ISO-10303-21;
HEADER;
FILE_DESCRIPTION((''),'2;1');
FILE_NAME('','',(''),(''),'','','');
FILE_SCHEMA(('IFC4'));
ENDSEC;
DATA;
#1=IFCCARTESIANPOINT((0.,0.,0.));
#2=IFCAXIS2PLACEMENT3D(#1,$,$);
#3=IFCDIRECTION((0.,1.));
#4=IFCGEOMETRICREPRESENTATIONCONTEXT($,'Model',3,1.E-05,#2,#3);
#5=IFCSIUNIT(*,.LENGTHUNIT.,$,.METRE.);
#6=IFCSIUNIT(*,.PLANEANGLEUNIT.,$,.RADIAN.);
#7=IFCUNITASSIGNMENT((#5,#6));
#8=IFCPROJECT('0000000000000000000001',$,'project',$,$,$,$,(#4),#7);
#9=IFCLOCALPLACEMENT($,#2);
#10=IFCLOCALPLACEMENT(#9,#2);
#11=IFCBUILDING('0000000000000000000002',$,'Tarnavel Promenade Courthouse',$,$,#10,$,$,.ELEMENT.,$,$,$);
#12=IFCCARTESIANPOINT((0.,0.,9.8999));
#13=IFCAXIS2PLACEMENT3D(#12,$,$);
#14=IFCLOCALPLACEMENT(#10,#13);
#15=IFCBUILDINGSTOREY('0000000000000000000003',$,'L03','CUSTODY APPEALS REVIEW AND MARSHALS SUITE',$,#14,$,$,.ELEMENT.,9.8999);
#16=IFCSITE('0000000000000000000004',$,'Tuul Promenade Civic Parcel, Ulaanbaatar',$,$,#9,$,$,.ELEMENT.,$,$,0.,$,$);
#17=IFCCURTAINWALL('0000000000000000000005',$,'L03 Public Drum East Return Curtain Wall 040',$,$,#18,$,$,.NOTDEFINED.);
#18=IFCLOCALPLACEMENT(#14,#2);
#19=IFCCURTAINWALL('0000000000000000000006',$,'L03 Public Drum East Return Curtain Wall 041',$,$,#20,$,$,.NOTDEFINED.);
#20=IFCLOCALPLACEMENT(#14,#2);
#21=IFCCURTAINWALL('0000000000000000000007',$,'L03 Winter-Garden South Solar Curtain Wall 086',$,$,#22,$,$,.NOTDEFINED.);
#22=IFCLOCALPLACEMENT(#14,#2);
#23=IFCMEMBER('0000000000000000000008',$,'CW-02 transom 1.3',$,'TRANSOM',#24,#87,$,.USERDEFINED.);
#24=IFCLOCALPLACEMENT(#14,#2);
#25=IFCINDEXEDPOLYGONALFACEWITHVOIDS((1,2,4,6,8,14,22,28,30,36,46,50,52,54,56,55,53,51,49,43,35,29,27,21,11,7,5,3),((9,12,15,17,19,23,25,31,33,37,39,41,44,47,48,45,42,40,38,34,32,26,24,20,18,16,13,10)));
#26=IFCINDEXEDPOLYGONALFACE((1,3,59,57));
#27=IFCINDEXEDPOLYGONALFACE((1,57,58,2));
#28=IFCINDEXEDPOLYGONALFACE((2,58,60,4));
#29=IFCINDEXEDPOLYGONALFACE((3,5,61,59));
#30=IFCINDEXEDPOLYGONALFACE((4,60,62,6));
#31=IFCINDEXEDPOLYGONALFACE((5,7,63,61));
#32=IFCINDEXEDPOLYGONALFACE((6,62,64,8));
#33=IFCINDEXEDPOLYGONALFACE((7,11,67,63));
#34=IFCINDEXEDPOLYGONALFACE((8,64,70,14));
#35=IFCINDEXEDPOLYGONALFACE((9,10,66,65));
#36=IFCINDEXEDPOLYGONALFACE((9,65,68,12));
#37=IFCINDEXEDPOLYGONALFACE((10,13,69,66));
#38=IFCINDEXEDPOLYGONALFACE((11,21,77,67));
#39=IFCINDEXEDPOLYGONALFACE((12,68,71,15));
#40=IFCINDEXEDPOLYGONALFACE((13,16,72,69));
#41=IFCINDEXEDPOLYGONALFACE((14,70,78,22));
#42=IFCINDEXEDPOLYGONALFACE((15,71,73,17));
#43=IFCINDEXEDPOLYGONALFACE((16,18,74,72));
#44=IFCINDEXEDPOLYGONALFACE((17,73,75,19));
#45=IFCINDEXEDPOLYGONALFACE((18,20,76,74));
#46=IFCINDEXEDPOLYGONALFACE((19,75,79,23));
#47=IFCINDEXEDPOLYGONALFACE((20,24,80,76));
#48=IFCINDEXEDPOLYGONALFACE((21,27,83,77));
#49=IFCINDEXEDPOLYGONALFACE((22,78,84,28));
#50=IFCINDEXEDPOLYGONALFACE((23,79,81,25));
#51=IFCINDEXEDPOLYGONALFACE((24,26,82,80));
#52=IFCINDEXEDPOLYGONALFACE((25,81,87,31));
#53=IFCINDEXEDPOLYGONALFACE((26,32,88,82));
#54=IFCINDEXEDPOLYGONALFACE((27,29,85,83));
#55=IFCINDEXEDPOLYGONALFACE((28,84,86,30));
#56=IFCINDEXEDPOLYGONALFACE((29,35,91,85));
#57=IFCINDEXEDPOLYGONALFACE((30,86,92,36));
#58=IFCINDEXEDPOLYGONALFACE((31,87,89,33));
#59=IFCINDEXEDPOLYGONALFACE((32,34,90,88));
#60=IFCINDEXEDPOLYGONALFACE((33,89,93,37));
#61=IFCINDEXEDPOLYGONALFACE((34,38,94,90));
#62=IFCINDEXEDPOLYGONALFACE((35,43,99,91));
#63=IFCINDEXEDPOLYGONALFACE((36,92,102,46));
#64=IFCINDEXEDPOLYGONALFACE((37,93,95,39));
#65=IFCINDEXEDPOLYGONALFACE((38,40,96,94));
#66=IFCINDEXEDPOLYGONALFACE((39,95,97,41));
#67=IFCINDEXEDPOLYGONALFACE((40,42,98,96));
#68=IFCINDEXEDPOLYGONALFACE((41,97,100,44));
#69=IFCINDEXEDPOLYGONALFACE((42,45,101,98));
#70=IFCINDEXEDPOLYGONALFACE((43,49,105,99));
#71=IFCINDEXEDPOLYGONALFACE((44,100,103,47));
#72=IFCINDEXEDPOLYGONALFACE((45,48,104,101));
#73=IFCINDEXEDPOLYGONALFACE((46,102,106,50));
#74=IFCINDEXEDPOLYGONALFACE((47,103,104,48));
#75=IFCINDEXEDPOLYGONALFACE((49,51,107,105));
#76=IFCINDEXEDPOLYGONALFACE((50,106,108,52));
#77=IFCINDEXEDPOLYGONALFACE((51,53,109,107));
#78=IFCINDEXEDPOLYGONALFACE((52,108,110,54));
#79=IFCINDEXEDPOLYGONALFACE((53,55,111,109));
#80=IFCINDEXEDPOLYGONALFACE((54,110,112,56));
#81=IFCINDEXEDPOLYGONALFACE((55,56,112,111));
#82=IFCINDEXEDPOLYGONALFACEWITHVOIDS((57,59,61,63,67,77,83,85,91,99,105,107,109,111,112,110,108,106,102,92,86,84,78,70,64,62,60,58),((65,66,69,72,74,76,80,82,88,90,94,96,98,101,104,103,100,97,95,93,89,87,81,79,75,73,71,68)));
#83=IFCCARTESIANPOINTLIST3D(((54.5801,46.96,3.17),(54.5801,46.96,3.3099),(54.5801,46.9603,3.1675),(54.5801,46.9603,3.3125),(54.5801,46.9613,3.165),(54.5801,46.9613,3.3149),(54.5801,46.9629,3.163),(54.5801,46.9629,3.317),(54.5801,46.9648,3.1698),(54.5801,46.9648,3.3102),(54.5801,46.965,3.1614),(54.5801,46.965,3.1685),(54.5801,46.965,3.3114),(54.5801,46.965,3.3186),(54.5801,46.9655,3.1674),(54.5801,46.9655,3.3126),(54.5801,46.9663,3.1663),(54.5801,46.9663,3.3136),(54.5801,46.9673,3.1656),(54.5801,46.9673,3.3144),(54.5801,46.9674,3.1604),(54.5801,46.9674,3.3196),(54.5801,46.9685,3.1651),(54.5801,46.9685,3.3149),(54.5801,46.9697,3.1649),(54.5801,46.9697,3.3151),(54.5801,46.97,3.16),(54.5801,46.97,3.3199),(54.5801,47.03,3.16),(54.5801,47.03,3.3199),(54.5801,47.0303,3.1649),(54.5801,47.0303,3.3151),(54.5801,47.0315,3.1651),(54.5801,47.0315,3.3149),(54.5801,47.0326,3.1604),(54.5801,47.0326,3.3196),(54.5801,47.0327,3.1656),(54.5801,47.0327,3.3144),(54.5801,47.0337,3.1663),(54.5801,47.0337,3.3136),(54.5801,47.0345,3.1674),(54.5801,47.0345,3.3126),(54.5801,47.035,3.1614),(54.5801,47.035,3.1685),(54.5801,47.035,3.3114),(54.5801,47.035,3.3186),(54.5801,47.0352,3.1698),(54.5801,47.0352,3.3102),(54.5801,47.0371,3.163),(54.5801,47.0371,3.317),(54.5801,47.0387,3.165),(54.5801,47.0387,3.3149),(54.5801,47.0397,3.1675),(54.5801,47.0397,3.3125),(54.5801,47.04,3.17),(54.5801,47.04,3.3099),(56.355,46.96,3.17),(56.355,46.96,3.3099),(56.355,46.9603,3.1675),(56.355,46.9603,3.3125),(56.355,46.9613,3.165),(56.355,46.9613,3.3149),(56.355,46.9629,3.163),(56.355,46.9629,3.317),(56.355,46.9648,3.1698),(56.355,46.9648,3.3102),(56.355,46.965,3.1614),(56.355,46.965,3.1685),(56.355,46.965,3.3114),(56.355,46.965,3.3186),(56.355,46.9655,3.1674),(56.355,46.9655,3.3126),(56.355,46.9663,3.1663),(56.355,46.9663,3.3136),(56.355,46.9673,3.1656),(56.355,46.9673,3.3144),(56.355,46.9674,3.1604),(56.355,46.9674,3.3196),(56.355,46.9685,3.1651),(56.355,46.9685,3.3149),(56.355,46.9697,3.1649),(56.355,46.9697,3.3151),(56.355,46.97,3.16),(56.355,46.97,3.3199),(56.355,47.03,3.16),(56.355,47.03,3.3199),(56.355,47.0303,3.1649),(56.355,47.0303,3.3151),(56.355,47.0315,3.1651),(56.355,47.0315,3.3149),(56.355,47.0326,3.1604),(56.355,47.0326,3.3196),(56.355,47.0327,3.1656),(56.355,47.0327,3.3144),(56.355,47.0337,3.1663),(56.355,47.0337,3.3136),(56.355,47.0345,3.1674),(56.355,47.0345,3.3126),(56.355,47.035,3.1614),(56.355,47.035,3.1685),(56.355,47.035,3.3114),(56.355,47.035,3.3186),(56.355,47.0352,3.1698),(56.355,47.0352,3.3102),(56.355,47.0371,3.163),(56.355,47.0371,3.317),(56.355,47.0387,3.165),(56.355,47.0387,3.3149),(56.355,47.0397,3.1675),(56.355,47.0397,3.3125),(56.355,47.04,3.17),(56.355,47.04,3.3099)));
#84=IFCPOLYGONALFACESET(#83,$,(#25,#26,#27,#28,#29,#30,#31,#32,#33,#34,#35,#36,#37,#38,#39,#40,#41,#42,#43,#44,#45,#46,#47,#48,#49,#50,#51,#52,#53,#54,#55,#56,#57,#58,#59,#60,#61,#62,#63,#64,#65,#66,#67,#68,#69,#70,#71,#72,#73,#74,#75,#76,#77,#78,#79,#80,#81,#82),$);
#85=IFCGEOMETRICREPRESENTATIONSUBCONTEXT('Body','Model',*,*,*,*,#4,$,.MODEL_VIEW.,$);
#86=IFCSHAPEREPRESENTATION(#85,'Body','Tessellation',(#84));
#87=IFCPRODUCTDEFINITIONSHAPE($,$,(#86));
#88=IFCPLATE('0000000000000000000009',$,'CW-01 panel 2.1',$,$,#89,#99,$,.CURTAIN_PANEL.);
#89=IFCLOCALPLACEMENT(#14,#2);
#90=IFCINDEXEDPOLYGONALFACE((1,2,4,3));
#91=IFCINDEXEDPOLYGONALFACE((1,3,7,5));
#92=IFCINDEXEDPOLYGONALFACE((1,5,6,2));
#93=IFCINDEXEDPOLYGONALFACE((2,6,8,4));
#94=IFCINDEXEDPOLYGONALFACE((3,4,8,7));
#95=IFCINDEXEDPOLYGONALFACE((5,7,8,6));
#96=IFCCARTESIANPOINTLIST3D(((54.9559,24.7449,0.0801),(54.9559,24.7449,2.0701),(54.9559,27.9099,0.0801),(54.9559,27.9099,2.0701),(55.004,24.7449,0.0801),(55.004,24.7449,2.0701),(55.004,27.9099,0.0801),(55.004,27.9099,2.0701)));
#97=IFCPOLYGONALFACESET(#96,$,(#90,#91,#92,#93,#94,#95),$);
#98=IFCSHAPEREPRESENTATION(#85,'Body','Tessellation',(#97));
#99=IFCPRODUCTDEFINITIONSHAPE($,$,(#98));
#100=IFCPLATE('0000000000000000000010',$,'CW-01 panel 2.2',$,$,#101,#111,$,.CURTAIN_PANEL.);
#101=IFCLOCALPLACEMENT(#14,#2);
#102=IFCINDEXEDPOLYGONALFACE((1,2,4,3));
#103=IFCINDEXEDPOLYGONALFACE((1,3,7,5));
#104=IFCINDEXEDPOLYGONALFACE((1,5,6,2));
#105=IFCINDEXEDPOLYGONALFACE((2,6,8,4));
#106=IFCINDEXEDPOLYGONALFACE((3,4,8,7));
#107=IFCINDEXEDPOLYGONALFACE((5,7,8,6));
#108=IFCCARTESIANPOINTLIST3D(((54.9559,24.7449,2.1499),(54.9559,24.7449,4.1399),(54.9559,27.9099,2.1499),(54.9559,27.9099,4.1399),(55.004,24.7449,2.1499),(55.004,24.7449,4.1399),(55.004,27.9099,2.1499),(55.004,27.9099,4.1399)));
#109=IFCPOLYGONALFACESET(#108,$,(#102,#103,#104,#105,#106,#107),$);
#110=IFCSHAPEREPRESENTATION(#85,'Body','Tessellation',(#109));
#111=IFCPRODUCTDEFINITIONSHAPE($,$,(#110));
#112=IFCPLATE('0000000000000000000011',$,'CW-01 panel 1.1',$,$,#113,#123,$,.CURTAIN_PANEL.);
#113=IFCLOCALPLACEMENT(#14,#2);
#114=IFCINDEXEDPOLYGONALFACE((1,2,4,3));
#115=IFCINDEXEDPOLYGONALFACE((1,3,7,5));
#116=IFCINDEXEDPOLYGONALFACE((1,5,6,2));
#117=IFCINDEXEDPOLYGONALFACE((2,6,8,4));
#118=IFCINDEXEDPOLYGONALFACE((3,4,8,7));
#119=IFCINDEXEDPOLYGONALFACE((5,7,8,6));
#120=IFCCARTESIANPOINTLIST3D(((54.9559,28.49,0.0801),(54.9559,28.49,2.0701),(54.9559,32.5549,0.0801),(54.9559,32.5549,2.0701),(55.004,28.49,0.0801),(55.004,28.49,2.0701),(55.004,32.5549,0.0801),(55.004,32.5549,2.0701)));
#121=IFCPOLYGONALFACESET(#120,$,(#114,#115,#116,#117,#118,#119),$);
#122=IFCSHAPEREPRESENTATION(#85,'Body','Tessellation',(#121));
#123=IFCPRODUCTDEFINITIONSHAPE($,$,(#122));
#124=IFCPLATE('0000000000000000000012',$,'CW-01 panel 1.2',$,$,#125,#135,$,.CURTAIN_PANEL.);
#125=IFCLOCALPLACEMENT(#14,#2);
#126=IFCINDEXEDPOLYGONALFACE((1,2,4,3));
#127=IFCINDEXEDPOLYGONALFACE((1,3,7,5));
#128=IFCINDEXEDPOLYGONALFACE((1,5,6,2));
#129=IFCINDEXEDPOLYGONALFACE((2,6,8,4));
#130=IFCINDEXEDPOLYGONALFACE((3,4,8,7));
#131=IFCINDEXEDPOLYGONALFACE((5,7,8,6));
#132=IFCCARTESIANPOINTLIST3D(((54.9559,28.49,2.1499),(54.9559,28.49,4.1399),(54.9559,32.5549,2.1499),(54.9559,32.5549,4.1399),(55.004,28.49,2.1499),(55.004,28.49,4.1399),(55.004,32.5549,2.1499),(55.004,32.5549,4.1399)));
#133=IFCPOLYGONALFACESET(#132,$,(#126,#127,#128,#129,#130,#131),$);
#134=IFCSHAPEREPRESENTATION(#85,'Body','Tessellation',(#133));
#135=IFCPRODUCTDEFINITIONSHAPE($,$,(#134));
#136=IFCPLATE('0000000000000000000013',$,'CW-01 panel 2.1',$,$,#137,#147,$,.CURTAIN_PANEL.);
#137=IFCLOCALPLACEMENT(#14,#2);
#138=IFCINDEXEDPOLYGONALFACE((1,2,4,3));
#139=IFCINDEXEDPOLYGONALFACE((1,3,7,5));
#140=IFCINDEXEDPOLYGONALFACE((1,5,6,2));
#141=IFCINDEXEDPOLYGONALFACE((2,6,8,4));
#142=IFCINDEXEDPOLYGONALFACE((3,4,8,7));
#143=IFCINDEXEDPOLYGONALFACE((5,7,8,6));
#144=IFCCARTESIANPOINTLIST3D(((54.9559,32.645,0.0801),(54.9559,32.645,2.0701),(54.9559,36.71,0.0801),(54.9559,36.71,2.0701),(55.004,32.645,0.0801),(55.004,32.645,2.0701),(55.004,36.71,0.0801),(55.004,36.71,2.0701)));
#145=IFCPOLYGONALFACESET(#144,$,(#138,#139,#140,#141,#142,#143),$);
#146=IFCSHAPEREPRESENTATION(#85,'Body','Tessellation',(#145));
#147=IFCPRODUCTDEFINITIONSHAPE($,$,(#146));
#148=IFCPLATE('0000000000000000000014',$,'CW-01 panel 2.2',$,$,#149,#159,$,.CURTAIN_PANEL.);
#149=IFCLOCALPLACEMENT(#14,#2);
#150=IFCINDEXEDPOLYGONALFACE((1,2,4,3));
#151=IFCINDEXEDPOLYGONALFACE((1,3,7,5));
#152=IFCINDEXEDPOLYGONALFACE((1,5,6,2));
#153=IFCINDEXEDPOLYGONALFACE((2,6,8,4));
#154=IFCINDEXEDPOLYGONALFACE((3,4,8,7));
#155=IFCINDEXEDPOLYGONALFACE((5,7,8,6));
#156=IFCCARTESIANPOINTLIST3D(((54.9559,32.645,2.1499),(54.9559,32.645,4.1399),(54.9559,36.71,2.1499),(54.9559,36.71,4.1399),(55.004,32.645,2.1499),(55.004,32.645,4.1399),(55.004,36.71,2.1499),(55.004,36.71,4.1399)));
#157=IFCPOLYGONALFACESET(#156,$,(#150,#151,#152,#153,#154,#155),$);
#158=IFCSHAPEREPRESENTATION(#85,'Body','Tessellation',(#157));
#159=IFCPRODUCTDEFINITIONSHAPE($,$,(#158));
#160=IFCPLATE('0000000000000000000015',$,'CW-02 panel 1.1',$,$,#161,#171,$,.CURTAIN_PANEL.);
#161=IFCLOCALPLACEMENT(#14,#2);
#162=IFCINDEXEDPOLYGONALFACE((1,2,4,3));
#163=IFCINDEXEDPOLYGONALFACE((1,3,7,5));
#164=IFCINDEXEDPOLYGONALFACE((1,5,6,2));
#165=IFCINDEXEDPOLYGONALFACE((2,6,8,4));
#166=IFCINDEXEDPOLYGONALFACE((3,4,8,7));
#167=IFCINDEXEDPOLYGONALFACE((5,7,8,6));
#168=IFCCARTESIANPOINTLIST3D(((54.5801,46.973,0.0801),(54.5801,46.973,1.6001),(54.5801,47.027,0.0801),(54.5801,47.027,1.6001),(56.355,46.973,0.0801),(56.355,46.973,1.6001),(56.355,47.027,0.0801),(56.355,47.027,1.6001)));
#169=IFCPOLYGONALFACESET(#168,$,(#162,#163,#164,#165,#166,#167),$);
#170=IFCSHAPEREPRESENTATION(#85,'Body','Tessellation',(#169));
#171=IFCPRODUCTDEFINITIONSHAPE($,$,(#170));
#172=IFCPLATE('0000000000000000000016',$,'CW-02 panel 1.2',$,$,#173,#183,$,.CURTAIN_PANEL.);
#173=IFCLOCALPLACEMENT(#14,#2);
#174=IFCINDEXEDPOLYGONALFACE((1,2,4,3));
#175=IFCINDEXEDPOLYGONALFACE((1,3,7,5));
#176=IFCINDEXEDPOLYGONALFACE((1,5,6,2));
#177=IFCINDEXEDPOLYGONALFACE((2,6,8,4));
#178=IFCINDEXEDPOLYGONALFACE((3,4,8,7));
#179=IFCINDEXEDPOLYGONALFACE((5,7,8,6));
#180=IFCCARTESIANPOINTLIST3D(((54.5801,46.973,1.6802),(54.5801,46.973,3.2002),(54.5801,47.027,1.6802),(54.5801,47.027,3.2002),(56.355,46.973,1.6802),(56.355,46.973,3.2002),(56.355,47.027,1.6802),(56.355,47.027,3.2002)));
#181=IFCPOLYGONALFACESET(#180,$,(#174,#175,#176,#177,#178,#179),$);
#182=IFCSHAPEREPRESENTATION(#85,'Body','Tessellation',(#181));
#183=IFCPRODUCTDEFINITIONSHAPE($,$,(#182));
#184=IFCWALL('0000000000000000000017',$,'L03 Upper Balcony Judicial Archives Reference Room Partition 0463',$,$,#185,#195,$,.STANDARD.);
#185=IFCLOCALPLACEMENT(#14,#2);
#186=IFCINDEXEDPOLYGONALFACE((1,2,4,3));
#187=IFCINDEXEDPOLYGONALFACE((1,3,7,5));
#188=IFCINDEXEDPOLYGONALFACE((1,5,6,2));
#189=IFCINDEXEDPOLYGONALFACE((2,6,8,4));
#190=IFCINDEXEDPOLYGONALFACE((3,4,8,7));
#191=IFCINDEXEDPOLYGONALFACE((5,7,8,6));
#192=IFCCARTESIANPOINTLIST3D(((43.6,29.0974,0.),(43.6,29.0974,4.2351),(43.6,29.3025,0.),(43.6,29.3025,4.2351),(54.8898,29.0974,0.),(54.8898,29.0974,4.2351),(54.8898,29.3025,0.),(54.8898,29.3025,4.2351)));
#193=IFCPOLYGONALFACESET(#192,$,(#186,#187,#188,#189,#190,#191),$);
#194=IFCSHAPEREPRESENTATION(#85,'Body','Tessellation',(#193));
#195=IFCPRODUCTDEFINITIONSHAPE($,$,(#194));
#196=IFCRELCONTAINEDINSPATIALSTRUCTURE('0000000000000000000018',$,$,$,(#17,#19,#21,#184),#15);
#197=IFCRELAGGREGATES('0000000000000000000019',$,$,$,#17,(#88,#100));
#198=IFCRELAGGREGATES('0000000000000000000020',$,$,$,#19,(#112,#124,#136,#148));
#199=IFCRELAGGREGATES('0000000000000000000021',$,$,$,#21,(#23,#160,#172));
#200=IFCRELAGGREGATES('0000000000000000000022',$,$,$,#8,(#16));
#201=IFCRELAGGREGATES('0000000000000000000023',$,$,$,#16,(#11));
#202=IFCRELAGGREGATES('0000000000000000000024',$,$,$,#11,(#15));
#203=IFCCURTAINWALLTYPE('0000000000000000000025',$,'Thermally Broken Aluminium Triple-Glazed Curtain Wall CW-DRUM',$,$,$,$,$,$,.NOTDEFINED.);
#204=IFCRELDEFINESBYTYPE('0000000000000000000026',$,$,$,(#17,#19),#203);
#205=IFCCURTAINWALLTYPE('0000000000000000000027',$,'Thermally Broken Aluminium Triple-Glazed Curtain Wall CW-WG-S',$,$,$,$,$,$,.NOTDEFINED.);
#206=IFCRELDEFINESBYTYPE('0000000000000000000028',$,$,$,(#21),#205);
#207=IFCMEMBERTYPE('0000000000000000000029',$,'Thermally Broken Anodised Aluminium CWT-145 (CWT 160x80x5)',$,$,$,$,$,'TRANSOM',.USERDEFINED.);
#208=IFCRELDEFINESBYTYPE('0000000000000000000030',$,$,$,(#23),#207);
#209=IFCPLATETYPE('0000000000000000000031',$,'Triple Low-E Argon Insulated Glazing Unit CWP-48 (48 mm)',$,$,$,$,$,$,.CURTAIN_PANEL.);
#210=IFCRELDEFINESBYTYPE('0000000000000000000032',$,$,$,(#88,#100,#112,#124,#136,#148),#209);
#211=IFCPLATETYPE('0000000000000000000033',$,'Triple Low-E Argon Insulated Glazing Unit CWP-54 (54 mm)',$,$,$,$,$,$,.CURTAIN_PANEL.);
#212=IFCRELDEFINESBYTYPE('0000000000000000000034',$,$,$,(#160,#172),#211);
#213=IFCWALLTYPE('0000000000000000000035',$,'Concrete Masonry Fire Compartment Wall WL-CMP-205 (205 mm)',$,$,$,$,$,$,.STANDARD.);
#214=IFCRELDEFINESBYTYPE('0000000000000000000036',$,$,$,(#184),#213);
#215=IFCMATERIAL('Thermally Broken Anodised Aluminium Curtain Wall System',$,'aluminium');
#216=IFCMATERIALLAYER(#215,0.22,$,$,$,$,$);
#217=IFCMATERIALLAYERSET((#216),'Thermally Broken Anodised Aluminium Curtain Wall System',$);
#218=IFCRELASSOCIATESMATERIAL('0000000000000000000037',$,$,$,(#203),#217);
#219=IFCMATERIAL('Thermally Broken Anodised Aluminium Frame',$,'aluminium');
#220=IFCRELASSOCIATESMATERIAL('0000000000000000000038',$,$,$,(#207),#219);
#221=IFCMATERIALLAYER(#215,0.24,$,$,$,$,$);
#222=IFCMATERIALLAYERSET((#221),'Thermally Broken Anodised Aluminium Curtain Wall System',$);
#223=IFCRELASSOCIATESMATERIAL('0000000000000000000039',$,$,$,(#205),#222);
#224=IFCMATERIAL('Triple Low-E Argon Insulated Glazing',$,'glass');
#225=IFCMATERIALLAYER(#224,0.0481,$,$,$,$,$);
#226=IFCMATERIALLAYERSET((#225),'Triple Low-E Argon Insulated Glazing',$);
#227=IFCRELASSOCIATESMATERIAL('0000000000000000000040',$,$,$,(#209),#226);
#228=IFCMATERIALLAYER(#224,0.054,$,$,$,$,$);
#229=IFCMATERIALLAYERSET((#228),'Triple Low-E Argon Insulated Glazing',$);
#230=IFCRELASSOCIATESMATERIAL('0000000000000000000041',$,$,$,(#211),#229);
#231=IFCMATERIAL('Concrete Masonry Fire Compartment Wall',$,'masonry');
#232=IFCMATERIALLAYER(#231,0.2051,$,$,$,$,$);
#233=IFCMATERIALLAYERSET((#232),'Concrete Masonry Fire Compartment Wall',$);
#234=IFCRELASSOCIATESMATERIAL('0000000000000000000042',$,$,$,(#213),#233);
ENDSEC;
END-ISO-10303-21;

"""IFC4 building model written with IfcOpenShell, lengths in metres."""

from ifc_helpers import new_model, si_unit, direction, frame, frame_2d, origin, origin_2d, place, context, subcontext, project, spatial, rectangle, hollow_rectangle, extrude, material, layer, layer_set, material_profile, profile_set, type_object, element, aggregate, save


model = new_model("IFC4")

# Units and contexts
model_context = context("Model", 3, precision=1e-05, world=origin(), true_north=direction((0.0, 1.0)))
body_context = subcontext(model_context, "Body", "Model", "MODEL_VIEW")
ifc_project = project(units=[si_unit("LENGTHUNIT", "METRE"), si_unit("PLANEANGLEUNIT", "RADIAN")], contexts=[model_context])

# Site, building, storey
site_placement = place(None, origin())
site = spatial("IfcSite", under=ifc_project, at=site_placement, Name="Tuul Promenade Civic Parcel, Ulaanbaatar", CompositionType="ELEMENT", RefElevation=0.0)
building_placement = place(site_placement, origin())
building = spatial("IfcBuilding", under=site, at=building_placement, Name="Tarnavel Promenade Courthouse", CompositionType="ELEMENT")
storey_placement = place(building_placement, frame((0.0, 0.0, 9.8999)))
storey = spatial("IfcBuildingStorey", under=building, at=storey_placement, Name="L03", Description="CUSTODY APPEALS REVIEW AND MARSHALS SUITE", CompositionType="ELEMENT", Elevation=9.8999)

# Curtain wall
ifc_material_1 = material(Name="Thermally Broken Anodised Aluminium Curtain Wall System", Category="aluminium")
ifc_layer_1 = layer(ifc_material_1, 0.22)
ifc_layer_set_1 = layer_set([ifc_layer_1], Name="Thermally Broken Anodised Aluminium Curtain Wall System")
curtain_wall_type_1 = type_object("IfcCurtainWallType", Name="Thermally Broken Aluminium Triple-Glazed Curtain Wall CW-DRUM", PredefinedType="NOTDEFINED", material=ifc_layer_set_1)
curtain_wall_1_placement = place(storey_placement, origin())
curtain_wall_1 = element("IfcCurtainWall", 1, at=curtain_wall_1_placement, inside=storey, type_object=curtain_wall_type_1, Name="L03 Public Drum East Return Curtain Wall 040", PredefinedType="NOTDEFINED")
ifc_material_2 = material(Name="Thermally Broken Anodised Aluminium Frame", Category="aluminium")

# Curtain wall
curtain_wall_2_placement = place(storey_placement, origin())
curtain_wall_2 = element("IfcCurtainWall", 2, at=curtain_wall_2_placement, inside=storey, type_object=curtain_wall_type_1, Name="L03 Public Drum East Return Curtain Wall 041", PredefinedType="NOTDEFINED")
ifc_material_profile_1 = material_profile(ifc_material_2, hollow_rectangle(XDim=0.0801, YDim=0.1599, WallThickness=0.0049, InnerFilletRadius=0.0049, OuterFilletRadius=0.01, at=origin_2d()), Name="CWT 160x80x5")
ifc_profile_set_1 = profile_set([ifc_material_profile_1], Name="Thermally Broken Anodised Aluminium Frame")
member_type_1 = type_object("IfcMemberType", Name="Thermally Broken Anodised Aluminium CWT-145 (CWT 160x80x5)", ElementType="TRANSOM", PredefinedType="USERDEFINED", material=ifc_profile_set_1)

# Curtain wall, member
ifc_layer_2 = layer(ifc_material_1, 0.24)
ifc_layer_set_2 = layer_set([ifc_layer_2], Name="Thermally Broken Anodised Aluminium Curtain Wall System")
curtain_wall_type_2 = type_object("IfcCurtainWallType", Name="Thermally Broken Aluminium Triple-Glazed Curtain Wall CW-WG-S", PredefinedType="NOTDEFINED", material=ifc_layer_set_2)
curtain_wall_3_placement = place(storey_placement, origin())
curtain_wall_3 = element("IfcCurtainWall", 3, at=curtain_wall_3_placement, inside=storey, type_object=curtain_wall_type_2, Name="L03 Winter-Garden South Solar Curtain Wall 086", PredefinedType="NOTDEFINED")
member_1_placement = place(storey_placement, frame((54.5801, 47.0, 3.24), z_axis=(1.0, 0.0, 0.0), x_axis=(0.0, 1.0, 0.0)))
member_1 = element("IfcMember", 4, at=member_1_placement, type_object=member_type_1, Name="CW-02 transom 1.3", ObjectType="TRANSOM", PredefinedType="USERDEFINED", context=body_context, shape_type="SweptSolid", body=[
    extrude(hollow_rectangle(XDim=0.0801, YDim=0.1599, WallThickness=0.0049, InnerFilletRadius=0.0049, OuterFilletRadius=0.01, at=origin_2d()), origin(), (0.0, 0.0, 1.0), 1.7749),
])

# Plates
ifc_material_3 = material(Name="Triple Low-E Argon Insulated Glazing", Category="glass")
ifc_layer_3 = layer(ifc_material_3, 0.0481)
ifc_layer_set_3 = layer_set([ifc_layer_3], Name="Triple Low-E Argon Insulated Glazing")
plate_type_1 = type_object("IfcPlateType", Name="Triple Low-E Argon Insulated Glazing Unit CWP-48 (48 mm)", PredefinedType="CURTAIN_PANEL", material=ifc_layer_set_3)
plate_1_placement = place(storey_placement, frame((54.98, 26.3274, 0.0801), z_axis=(0.0, 0.0, 1.0), x_axis=(0.0, 1.0, 0.0)))
plate_1 = element("IfcPlate", 5, at=plate_1_placement, type_object=plate_type_1, Name="CW-01 panel 2.1", PredefinedType="CURTAIN_PANEL", context=body_context, shape_type="SweptSolid", body=[
    extrude(rectangle(XDim=3.165, YDim=0.0481, at=origin_2d()), origin(), (0.0, 0.0, 1.0), 1.99),
])
plate_2_placement = place(storey_placement, frame((54.98, 26.3274, 2.1499), z_axis=(0.0, 0.0, 1.0), x_axis=(0.0, 1.0, 0.0)))
plate_2 = element("IfcPlate", 6, at=plate_2_placement, type_object=plate_type_1, Name="CW-01 panel 2.2", PredefinedType="CURTAIN_PANEL", context=body_context, shape_type="SweptSolid", body=[
    extrude(rectangle(XDim=3.165, YDim=0.0481, at=origin_2d()), origin(), (0.0, 0.0, 1.0), 1.99),
])
aggregate(curtain_wall_1, [plate_1, plate_2])
plate_3_placement = place(storey_placement, frame((54.98, 30.5225, 0.0801), z_axis=(0.0, 0.0, 1.0), x_axis=(0.0, 1.0, 0.0)))
plate_3 = element("IfcPlate", 7, at=plate_3_placement, type_object=plate_type_1, Name="CW-01 panel 1.1", PredefinedType="CURTAIN_PANEL", context=body_context, shape_type="SweptSolid", body=[
    extrude(rectangle(XDim=4.0649, YDim=0.0481, at=origin_2d()), origin(), (0.0, 0.0, 1.0), 1.99),
])
plate_4_placement = place(storey_placement, frame((54.98, 30.5225, 2.1499), z_axis=(0.0, 0.0, 1.0), x_axis=(0.0, 1.0, 0.0)))
plate_4 = element("IfcPlate", 8, at=plate_4_placement, type_object=plate_type_1, Name="CW-01 panel 1.2", PredefinedType="CURTAIN_PANEL", context=body_context, shape_type="SweptSolid", body=[
    extrude(rectangle(XDim=4.0649, YDim=0.0481, at=origin_2d()), origin(), (0.0, 0.0, 1.0), 1.99),
])
plate_5_placement = place(storey_placement, frame((54.98, 34.6775, 0.0801), z_axis=(0.0, 0.0, 1.0), x_axis=(0.0, 1.0, 0.0)))
plate_5 = element("IfcPlate", 9, at=plate_5_placement, type_object=plate_type_1, Name="CW-01 panel 2.1", PredefinedType="CURTAIN_PANEL", context=body_context, shape_type="SweptSolid", body=[
    extrude(rectangle(XDim=4.0649, YDim=0.0481, at=origin_2d()), origin(), (0.0, 0.0, 1.0), 1.99),
])
plate_6_placement = place(storey_placement, frame((54.98, 34.6775, 2.1499), z_axis=(0.0, 0.0, 1.0), x_axis=(0.0, 1.0, 0.0)))
plate_6 = element("IfcPlate", 10, at=plate_6_placement, type_object=plate_type_1, Name="CW-01 panel 2.2", PredefinedType="CURTAIN_PANEL", context=body_context, shape_type="SweptSolid", body=[
    extrude(rectangle(XDim=4.0649, YDim=0.0481, at=origin_2d()), origin(), (0.0, 0.0, 1.0), 1.99),
])
aggregate(curtain_wall_2, [plate_3, plate_4, plate_5, plate_6])
ifc_layer_4 = layer(ifc_material_3, 0.054)
ifc_layer_set_4 = layer_set([ifc_layer_4], Name="Triple Low-E Argon Insulated Glazing")
plate_type_2 = type_object("IfcPlateType", Name="Triple Low-E Argon Insulated Glazing Unit CWP-54 (54 mm)", PredefinedType="CURTAIN_PANEL", material=ifc_layer_set_4)
plate_7_placement = place(storey_placement, frame((55.4675, 47.0, 0.0801), z_axis=(0.0, 0.0, 1.0), x_axis=(1.0, 0.0, 0.0)))
plate_7 = element("IfcPlate", 11, at=plate_7_placement, type_object=plate_type_2, Name="CW-02 panel 1.1", PredefinedType="CURTAIN_PANEL", context=body_context, shape_type="SweptSolid", body=[
    extrude(rectangle(XDim=1.7749, YDim=0.054, at=origin_2d()), origin(), (0.0, 0.0, 1.0), 1.52),
])
plate_8_placement = place(storey_placement, frame((55.4675, 47.0, 1.6802), z_axis=(0.0, 0.0, 1.0), x_axis=(1.0, 0.0, 0.0)))
plate_8 = element("IfcPlate", 12, at=plate_8_placement, type_object=plate_type_2, Name="CW-02 panel 1.2", PredefinedType="CURTAIN_PANEL", context=body_context, shape_type="SweptSolid", body=[
    extrude(rectangle(XDim=1.7749, YDim=0.054, at=origin_2d()), origin(), (0.0, 0.0, 1.0), 1.52),
])
aggregate(curtain_wall_3, [member_1, plate_7, plate_8])

# Wall
ifc_material_4 = material(Name="Concrete Masonry Fire Compartment Wall", Category="masonry")
ifc_layer_5 = layer(ifc_material_4, 0.2051)
ifc_layer_set_5 = layer_set([ifc_layer_5], Name="Concrete Masonry Fire Compartment Wall")
wall_type = type_object("IfcWallType", Name="Concrete Masonry Fire Compartment Wall WL-CMP-205 (205 mm)", PredefinedType="STANDARD", material=ifc_layer_set_5)
wall_placement = place(storey_placement, frame((54.8899, 29.2, 0.0), z_axis=(0.0, 0.0, 1.0), x_axis=(-1.0, 0.0, 0.0)))
element("IfcWall", 13, at=wall_placement, inside=storey, type_object=wall_type, Name="L03 Upper Balcony Judicial Archives Reference Room Partition 0463", PredefinedType="STANDARD", context=body_context, shape_type="SweptSolid", body=[
    extrude(rectangle(XDim=11.2898, YDim=0.2051, at=frame_2d((5.645, 0.0))), origin(), (0.0, 0.0, 1.0), 4.2351),
])

save(model, "model.ifc")
